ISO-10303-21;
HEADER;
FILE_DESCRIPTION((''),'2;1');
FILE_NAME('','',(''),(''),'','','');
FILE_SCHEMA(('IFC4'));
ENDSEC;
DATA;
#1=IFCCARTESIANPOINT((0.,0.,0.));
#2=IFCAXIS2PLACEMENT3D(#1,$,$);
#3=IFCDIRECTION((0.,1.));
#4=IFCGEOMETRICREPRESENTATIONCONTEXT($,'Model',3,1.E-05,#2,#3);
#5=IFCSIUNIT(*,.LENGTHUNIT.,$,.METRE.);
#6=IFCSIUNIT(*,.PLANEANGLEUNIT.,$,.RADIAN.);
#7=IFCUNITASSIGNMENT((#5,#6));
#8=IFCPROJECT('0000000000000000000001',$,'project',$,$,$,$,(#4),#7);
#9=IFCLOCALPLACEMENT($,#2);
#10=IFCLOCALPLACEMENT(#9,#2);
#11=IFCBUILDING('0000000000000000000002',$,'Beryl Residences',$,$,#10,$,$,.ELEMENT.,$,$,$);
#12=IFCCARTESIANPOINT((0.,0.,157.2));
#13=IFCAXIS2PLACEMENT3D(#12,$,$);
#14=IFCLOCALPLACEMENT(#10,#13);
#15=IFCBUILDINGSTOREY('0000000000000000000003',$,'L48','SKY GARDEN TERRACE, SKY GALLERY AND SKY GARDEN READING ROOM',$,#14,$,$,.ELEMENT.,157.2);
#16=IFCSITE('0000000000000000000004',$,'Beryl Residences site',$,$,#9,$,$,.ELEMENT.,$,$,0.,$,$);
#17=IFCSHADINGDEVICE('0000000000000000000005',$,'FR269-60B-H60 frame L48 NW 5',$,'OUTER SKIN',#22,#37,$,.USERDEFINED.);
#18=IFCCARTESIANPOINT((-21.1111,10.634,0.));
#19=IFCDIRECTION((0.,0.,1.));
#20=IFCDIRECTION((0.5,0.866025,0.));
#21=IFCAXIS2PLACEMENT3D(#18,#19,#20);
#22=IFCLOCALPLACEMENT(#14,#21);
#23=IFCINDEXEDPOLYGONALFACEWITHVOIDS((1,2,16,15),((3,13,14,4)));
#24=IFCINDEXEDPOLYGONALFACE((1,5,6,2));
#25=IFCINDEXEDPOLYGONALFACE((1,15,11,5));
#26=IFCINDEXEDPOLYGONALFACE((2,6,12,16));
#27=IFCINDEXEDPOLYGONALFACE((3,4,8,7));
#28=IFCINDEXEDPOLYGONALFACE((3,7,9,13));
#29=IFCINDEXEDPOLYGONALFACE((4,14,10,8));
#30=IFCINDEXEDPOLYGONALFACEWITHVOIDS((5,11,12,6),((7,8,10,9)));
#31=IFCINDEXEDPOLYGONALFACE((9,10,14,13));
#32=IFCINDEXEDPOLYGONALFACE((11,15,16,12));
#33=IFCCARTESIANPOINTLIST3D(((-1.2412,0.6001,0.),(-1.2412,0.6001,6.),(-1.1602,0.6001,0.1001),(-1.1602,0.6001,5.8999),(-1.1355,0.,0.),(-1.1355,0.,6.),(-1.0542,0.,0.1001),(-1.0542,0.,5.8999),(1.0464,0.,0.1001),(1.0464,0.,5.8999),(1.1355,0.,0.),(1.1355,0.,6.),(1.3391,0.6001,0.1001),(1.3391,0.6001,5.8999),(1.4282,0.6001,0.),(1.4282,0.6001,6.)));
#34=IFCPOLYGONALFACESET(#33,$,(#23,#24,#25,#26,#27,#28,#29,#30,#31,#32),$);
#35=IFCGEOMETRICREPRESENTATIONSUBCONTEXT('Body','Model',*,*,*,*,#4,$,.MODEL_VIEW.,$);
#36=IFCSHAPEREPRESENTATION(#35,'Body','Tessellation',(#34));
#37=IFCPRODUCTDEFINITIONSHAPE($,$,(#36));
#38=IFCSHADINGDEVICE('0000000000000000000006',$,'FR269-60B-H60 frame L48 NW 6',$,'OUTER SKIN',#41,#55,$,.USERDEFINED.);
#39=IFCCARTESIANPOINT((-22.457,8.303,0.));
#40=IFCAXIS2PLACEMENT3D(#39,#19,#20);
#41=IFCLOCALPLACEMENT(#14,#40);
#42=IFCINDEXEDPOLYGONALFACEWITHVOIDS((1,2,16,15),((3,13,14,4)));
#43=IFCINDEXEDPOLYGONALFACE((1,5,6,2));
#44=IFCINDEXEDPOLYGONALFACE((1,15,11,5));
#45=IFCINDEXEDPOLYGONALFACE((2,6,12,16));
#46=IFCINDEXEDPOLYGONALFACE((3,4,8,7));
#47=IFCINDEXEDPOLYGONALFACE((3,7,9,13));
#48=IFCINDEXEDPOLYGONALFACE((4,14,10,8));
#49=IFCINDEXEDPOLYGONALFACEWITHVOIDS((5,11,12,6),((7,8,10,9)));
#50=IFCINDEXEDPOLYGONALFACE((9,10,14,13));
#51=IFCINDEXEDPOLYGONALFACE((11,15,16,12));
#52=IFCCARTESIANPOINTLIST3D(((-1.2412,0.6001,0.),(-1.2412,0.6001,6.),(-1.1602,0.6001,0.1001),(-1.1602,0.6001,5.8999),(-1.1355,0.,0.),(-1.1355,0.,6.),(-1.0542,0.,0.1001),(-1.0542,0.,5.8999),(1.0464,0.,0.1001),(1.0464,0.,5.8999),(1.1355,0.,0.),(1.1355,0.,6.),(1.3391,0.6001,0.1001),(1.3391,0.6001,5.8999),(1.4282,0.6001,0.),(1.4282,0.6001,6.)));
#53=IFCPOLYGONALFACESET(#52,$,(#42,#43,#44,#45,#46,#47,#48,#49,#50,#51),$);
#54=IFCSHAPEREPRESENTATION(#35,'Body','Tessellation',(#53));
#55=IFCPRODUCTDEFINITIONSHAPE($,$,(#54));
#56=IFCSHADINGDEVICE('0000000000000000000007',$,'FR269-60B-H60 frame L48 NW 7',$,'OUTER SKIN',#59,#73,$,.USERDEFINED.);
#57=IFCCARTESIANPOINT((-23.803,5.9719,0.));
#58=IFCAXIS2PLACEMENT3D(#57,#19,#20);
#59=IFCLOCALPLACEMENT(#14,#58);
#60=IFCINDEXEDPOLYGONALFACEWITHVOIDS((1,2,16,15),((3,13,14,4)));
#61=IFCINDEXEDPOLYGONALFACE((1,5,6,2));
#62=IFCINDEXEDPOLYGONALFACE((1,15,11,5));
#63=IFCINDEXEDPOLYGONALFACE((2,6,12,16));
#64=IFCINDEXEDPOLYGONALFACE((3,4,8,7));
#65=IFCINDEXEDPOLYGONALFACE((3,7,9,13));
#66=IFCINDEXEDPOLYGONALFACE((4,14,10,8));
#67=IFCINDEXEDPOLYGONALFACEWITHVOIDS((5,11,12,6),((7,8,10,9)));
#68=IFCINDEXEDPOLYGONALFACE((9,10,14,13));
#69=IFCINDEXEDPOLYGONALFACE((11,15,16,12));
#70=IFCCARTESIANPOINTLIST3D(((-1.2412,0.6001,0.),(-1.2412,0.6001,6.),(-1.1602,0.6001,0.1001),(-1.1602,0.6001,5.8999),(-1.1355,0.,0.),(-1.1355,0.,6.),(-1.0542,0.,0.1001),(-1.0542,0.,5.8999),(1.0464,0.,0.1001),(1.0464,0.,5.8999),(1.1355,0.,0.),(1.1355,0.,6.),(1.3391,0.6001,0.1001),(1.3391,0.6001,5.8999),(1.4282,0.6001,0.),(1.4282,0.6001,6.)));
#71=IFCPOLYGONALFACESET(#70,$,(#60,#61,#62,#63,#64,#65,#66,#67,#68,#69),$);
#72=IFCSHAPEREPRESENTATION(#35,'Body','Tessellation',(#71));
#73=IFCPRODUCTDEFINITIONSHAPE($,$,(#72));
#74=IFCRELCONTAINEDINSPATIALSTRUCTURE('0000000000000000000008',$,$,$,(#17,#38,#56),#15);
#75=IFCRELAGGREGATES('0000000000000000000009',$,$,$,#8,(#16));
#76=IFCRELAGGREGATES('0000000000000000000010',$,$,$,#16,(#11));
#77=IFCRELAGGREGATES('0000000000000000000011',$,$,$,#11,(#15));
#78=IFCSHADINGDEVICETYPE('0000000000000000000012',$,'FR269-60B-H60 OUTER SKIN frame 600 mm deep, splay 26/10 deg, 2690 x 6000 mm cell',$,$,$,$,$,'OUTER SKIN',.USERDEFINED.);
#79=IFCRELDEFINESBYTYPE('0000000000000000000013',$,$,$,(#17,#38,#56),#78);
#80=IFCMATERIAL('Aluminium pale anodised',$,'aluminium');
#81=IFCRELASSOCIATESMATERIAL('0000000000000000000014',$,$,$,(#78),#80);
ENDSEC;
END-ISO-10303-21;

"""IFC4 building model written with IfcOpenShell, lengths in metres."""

from ifc_helpers import new_model, entity, si_unit, direction, frame, origin, place, context, subcontext, project, spatial, source, transform, mapped, material, type_object, type_shapes, element, save


model = new_model("IFC4")

# Units and contexts
model_context = context("Model", 3, precision=1e-05, world=origin(), true_north=direction((0.0, 1.0)))
body_context = subcontext(model_context, "Body", "Model", "MODEL_VIEW")
ifc_project = project(units=[si_unit("LENGTHUNIT", "METRE"), si_unit("PLANEANGLEUNIT", "RADIAN")], contexts=[model_context])

# Site, building, storey
site_placement = place(None, origin())
site = spatial("IfcSite", under=ifc_project, at=site_placement, Name="Beryl Residences site", CompositionType="ELEMENT", RefElevation=0.0)
building_placement = place(site_placement, origin())
building = spatial("IfcBuilding", under=site, at=building_placement, Name="Beryl Residences", CompositionType="ELEMENT")
storey_placement = place(building_placement, frame((0.0, 0.0, 157.2)))
storey = spatial("IfcBuildingStorey", under=building, at=storey_placement, Name="L48", Description="SKY GARDEN TERRACE, SKY GALLERY AND SKY GARDEN READING ROOM", CompositionType="ELEMENT", Elevation=157.2)

# Shading devices
ifc_material_1 = material(Name="Aluminium pale anodised", Category="aluminium")
shading_device_type = type_object("IfcShadingDeviceType", Name="FR269-60B-H60 OUTER SKIN frame 600 mm deep, splay 26/10 deg, 2690 x 6000 mm cell", ElementType="OUTER SKIN", PredefinedType="USERDEFINED", material=ifc_material_1)
cartesian_point_1 = entity("IfcCartesianPoint", [-1.1355, 0.0])
cartesian_point_2 = entity("IfcCartesianPoint", [-1.0464, 0.1001])
cartesian_point_3 = entity("IfcCartesianPoint", [-1.4282, 0.0])
cartesian_point_4 = entity("IfcCartesianPoint", [-1.3391, 0.1001])
shared_shape_1 = source(origin(), body_context, "Body", "SweptSolid", [
    entity("IfcExtrudedAreaSolidTapered", entity("IfcArbitraryProfileDefWithVoids", "AREA", None, entity("IfcPolyline", [cartesian_point_1, entity("IfcCartesianPoint", [1.1355, 0.0]), entity("IfcCartesianPoint", [1.1355, 6.0]), entity("IfcCartesianPoint", [-1.1355, 6.0]), cartesian_point_1]), [entity("IfcPolyline", [cartesian_point_2, entity("IfcCartesianPoint", [1.0542, 0.1001]), entity("IfcCartesianPoint", [1.0542, 5.8999]), entity("IfcCartesianPoint", [-1.0464, 5.8999]), cartesian_point_2])]), entity("IfcAxis2Placement3D", entity("IfcCartesianPoint", [0.0, 0.0, 0.0]), entity("IfcDirection", [0.0, 1.0, 0.0]), entity("IfcDirection", [-1.0, 0.0, 0.0])), entity("IfcDirection", [0.0, 0.0, 1.0]), 0.6001, entity("IfcArbitraryProfileDefWithVoids", "AREA", None, entity("IfcPolyline", [cartesian_point_3, entity("IfcCartesianPoint", [1.2412, 0.0]), entity("IfcCartesianPoint", [1.2412, 6.0]), entity("IfcCartesianPoint", [-1.4282, 6.0]), cartesian_point_3]), [entity("IfcPolyline", [cartesian_point_4, entity("IfcCartesianPoint", [1.1602, 0.1001]), entity("IfcCartesianPoint", [1.1602, 5.8999]), entity("IfcCartesianPoint", [-1.3391, 5.8999]), cartesian_point_4])])),
])
type_shapes(shading_device_type, [shared_shape_1])
for number, where, z_axis, x_axis, name in (
    (1, (-21.1111, 10.634, 0.0), (0.0, 0.0, 1.0), (0.5, 0.866025, 0.0), "FR269-60B-H60 frame L48 NW 5"),
    (2, (-22.457, 8.303, 0.0), (0.0, 0.0, 1.0), (0.5, 0.866025, 0.0), "FR269-60B-H60 frame L48 NW 6"),
    (3, (-23.803, 5.9719, 0.0), (0.0, 0.0, 1.0), (0.5, 0.866025, 0.0), "FR269-60B-H60 frame L48 NW 7"),
):
    element("IfcShadingDevice", number, at=place(storey_placement, frame(where, z_axis=z_axis, x_axis=x_axis)), inside=storey, type_object=shading_device_type, Name=name, ObjectType="OUTER SKIN", PredefinedType="USERDEFINED", context=body_context, shape_type="MappedRepresentation", body=[
        mapped(shared_shape_1, transform((0.0, 0.0, 0.0))),
    ])

save(model, "model.ifc")
